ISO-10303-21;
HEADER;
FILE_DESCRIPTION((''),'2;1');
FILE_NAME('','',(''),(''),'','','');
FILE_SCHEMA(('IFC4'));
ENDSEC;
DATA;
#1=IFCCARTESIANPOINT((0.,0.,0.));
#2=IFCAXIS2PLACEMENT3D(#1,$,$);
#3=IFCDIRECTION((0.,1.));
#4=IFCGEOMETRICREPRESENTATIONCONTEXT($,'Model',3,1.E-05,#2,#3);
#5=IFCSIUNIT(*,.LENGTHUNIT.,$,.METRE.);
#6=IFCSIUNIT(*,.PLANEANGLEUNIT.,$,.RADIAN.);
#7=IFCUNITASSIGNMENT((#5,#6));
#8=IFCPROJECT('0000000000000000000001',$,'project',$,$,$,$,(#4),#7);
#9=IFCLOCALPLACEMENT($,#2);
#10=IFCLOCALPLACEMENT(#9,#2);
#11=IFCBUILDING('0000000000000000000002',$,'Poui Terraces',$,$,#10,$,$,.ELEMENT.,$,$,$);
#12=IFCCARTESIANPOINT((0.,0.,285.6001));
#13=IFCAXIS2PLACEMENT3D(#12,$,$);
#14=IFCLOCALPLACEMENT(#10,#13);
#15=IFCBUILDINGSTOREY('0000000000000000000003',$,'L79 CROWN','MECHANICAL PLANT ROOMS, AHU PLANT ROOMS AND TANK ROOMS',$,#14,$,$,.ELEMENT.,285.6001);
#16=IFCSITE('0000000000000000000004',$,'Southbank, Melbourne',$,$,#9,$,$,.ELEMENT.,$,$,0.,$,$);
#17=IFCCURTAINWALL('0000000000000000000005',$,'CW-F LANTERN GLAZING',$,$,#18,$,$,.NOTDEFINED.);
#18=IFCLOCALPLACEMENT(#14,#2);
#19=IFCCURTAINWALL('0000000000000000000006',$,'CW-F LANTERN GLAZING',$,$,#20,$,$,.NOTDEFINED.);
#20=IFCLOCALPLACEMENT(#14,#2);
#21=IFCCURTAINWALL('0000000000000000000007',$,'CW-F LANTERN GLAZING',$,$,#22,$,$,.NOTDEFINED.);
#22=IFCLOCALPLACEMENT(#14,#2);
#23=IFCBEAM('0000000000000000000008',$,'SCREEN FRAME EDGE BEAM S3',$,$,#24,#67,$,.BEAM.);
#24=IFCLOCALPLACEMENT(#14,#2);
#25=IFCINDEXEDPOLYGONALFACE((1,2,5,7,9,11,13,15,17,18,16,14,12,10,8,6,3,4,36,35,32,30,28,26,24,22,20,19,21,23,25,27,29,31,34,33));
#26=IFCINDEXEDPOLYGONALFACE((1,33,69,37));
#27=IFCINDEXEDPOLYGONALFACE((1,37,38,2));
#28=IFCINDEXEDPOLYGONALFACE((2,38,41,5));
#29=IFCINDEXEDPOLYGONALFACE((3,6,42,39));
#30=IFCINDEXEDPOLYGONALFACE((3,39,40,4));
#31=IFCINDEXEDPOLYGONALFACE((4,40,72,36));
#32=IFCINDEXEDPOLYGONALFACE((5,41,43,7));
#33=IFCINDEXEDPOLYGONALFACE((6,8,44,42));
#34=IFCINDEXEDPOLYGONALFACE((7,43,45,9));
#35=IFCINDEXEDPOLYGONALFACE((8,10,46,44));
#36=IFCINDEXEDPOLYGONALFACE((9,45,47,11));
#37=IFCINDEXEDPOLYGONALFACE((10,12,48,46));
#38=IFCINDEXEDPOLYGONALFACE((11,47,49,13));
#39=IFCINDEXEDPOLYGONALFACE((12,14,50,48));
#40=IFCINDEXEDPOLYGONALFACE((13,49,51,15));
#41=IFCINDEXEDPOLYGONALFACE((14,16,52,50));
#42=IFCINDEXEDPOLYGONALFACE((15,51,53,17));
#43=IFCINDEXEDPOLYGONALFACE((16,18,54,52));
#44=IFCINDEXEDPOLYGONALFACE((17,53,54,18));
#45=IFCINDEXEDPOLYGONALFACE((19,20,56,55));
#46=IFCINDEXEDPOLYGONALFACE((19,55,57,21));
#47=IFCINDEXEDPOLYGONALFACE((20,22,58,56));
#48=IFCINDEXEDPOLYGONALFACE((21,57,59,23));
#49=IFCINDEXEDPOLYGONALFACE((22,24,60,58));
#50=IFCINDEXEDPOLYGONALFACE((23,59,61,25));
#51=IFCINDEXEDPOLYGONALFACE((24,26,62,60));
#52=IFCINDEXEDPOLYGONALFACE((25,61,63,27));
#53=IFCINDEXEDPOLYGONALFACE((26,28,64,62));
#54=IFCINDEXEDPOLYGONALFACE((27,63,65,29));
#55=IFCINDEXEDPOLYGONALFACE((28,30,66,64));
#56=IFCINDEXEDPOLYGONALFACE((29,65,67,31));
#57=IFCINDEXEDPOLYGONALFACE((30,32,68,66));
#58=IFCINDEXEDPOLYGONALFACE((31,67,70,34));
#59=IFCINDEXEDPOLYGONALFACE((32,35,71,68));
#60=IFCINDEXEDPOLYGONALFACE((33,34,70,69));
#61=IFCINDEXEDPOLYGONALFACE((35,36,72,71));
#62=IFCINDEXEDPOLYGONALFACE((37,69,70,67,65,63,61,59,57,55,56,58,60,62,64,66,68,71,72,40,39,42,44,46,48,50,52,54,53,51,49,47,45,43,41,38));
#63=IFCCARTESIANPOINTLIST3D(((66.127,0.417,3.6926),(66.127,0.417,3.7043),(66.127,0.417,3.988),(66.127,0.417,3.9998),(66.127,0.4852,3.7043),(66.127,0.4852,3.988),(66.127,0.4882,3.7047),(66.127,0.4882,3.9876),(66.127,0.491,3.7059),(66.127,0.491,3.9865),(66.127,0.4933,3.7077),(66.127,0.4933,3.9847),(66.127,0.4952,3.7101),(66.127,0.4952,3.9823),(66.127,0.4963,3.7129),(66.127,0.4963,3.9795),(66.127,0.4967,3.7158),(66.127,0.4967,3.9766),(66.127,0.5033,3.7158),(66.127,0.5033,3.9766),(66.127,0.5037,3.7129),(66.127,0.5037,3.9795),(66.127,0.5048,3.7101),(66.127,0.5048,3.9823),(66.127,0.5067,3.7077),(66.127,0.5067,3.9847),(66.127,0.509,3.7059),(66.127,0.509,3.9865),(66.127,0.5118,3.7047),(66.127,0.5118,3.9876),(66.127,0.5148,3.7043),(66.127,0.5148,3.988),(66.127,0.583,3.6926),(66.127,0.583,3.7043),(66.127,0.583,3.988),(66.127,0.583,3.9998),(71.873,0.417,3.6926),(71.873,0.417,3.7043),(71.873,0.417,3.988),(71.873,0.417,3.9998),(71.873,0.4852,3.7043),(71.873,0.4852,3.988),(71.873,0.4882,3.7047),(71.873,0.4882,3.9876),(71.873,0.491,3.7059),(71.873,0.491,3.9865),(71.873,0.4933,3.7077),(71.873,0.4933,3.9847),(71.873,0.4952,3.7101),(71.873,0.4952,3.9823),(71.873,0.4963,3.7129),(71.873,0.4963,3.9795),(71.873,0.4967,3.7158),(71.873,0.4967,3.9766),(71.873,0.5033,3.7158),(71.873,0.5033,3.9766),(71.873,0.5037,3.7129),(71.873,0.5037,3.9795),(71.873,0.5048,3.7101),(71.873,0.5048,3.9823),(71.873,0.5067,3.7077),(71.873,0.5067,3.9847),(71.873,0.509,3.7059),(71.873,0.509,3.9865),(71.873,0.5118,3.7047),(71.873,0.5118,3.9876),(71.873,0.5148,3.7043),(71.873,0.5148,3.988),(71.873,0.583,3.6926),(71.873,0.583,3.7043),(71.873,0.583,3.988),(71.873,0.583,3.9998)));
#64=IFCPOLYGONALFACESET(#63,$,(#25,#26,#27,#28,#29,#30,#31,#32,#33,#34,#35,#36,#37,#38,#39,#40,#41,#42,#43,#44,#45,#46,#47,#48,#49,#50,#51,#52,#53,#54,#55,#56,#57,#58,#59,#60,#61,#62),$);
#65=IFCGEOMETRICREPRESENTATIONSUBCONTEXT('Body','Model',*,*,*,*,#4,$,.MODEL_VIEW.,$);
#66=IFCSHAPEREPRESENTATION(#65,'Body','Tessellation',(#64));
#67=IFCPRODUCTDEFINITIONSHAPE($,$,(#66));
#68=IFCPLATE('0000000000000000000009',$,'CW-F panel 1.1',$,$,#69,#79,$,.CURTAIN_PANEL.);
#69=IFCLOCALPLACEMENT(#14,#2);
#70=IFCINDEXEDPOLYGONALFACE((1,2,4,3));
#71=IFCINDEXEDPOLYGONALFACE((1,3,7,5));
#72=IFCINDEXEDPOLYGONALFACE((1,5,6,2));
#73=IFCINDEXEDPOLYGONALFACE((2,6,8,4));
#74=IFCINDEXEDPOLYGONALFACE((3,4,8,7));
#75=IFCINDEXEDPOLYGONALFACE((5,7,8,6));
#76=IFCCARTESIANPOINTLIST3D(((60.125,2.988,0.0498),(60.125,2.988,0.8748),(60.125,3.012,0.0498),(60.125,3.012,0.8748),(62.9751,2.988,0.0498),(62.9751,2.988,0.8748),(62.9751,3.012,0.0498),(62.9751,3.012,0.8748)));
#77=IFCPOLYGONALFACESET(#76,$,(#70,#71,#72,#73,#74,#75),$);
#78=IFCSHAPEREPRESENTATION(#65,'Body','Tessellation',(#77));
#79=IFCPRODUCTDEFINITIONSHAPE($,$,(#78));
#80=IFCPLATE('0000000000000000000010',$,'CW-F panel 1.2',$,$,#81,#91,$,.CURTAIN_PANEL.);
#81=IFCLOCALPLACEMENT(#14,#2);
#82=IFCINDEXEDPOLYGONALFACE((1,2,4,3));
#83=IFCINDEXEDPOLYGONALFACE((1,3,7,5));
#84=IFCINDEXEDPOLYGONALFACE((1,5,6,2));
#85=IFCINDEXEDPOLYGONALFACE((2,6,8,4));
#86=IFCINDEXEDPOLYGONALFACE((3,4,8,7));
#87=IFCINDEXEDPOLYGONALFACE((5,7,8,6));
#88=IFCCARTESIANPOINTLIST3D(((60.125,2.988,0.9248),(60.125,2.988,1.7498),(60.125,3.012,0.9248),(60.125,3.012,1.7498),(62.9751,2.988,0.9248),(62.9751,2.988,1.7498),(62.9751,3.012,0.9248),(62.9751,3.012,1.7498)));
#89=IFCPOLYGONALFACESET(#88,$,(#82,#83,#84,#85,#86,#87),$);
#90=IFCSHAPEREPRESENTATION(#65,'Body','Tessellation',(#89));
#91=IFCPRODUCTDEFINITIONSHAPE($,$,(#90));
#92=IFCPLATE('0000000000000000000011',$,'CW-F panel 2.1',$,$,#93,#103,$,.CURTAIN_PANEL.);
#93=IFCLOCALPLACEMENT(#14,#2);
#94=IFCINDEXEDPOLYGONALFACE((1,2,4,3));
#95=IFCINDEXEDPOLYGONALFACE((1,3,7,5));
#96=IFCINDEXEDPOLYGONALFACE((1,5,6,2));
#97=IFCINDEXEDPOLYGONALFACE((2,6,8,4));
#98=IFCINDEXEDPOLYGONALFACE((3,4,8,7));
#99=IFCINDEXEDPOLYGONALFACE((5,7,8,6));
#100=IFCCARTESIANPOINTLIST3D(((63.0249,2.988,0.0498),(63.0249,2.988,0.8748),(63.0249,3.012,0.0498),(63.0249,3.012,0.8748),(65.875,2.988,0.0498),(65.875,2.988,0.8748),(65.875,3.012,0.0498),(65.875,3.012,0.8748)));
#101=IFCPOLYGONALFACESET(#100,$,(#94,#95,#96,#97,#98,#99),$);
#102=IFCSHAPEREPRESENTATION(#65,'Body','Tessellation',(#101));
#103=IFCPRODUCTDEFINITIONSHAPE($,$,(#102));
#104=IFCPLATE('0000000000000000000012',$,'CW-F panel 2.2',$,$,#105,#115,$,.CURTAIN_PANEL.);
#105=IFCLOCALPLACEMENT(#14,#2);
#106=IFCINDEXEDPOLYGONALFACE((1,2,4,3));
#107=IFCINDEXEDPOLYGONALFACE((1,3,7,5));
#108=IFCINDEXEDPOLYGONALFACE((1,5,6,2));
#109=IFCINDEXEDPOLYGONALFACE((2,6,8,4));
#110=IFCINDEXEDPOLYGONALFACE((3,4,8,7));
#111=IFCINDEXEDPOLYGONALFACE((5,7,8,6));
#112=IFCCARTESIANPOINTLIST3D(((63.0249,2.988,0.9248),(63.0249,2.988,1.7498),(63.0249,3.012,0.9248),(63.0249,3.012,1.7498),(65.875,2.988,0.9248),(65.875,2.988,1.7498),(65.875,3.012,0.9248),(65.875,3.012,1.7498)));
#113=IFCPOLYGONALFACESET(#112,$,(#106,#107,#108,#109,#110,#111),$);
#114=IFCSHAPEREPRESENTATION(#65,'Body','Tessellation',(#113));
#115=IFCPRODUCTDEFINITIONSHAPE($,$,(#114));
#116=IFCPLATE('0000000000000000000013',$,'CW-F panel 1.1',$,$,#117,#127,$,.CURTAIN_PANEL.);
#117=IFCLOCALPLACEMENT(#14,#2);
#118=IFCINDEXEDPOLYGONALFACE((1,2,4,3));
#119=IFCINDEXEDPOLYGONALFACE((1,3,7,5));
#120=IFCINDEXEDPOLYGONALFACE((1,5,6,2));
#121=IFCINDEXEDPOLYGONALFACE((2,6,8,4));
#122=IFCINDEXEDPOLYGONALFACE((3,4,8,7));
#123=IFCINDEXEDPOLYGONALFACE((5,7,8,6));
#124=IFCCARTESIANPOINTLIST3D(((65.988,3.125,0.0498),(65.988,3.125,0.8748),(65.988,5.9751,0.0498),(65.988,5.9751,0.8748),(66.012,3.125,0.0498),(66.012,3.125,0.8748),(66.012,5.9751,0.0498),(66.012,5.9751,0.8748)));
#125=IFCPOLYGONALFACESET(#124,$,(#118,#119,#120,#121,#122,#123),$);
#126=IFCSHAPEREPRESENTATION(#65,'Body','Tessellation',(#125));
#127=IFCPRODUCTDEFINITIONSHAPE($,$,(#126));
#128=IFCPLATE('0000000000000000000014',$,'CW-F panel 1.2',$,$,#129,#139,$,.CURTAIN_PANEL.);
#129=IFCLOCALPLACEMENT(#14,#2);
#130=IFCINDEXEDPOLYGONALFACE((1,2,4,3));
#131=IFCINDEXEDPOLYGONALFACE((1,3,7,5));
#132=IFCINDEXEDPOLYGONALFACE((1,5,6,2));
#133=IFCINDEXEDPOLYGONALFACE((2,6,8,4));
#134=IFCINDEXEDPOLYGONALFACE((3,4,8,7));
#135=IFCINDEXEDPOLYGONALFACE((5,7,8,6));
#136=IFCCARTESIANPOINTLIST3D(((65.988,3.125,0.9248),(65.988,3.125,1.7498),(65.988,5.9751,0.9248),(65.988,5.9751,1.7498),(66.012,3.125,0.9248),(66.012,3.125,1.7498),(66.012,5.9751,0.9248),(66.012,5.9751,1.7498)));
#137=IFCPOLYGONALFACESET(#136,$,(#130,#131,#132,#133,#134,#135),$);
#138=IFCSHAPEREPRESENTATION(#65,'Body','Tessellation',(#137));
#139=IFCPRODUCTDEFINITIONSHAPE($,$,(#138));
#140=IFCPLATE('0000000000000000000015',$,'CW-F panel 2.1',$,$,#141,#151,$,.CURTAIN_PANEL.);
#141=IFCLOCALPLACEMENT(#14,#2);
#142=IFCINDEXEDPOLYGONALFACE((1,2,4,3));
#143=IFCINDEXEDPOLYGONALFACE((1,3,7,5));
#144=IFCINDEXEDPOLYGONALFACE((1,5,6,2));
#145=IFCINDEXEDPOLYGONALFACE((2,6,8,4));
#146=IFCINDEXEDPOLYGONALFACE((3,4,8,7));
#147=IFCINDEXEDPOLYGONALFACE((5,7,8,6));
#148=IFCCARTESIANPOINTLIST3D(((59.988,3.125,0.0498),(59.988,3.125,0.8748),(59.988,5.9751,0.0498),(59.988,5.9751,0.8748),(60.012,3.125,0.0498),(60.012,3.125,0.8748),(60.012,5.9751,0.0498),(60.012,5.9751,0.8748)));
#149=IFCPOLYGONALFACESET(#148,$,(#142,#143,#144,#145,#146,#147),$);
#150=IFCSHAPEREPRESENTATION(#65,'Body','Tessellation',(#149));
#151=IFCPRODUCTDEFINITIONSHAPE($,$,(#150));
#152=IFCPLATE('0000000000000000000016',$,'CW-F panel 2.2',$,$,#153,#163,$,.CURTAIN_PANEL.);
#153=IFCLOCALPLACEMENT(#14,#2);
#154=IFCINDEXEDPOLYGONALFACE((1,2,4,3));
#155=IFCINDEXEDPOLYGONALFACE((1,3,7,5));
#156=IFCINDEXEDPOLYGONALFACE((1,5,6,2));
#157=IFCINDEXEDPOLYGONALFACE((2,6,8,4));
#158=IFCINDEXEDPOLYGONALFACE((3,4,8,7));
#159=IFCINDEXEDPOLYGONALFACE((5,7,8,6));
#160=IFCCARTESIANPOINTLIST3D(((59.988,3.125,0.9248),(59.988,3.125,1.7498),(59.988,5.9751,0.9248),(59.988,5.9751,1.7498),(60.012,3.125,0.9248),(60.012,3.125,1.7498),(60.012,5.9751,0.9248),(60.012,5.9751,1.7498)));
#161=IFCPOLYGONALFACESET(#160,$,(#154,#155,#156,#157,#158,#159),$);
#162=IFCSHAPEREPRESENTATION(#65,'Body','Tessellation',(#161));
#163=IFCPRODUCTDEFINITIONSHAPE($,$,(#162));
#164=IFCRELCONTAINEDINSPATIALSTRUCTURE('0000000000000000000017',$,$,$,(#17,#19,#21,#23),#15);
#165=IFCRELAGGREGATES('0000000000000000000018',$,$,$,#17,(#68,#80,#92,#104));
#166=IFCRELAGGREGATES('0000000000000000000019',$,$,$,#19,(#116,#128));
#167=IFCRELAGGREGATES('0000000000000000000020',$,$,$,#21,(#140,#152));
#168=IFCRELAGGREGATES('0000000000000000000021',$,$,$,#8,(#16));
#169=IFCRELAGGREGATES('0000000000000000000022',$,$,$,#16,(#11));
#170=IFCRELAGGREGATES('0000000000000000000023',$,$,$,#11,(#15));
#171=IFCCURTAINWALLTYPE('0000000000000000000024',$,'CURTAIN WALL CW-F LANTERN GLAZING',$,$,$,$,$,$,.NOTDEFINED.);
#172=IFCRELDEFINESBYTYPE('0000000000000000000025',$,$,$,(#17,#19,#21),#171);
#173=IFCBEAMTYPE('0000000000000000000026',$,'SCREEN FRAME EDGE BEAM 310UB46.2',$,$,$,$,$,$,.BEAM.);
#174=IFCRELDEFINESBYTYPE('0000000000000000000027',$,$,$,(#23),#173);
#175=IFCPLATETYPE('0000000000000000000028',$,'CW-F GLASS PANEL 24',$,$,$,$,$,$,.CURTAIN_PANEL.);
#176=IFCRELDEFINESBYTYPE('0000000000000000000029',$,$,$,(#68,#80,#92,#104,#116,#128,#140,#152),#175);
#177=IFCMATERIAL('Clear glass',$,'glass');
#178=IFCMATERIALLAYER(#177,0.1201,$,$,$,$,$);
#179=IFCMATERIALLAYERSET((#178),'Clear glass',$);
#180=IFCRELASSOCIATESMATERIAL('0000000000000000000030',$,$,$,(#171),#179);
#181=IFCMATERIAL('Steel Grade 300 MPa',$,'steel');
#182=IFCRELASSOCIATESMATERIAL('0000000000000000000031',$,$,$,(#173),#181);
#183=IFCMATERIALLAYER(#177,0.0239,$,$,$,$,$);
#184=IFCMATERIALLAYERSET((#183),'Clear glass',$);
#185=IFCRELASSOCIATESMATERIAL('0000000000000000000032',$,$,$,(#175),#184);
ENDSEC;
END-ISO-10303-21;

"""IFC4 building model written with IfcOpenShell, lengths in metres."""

from ifc_helpers import new_model, si_unit, direction, frame, origin, origin_2d, place, context, subcontext, project, spatial, rectangle, i_section, extrude, source, transform, mapped, material, layer, layer_set, material_profile, profile_set, type_object, element, aggregate, save


model = new_model("IFC4")

# Units and contexts
model_context = context("Model", 3, precision=1e-05, world=origin(), true_north=direction((0.0, 1.0)))
body_context = subcontext(model_context, "Body", "Model", "MODEL_VIEW")
ifc_project = project(units=[si_unit("LENGTHUNIT", "METRE"), si_unit("PLANEANGLEUNIT", "RADIAN")], contexts=[model_context])

# Site, building, storey
site_placement = place(None, origin())
site = spatial("IfcSite", under=ifc_project, at=site_placement, Name="Southbank, Melbourne", CompositionType="ELEMENT", RefElevation=0.0)
building_placement = place(site_placement, origin())
building = spatial("IfcBuilding", under=site, at=building_placement, Name="Poui Terraces", CompositionType="ELEMENT")
storey_placement = place(building_placement, frame((0.0, 0.0, 285.6001)))
storey = spatial("IfcBuildingStorey", under=building, at=storey_placement, Name="L79 CROWN", Description="MECHANICAL PLANT ROOMS, AHU PLANT ROOMS AND TANK ROOMS", CompositionType="ELEMENT", Elevation=285.6001)

# Shared definitions
ifc_material_1 = material(Name="Steel Grade 300 MPa", Category="steel")

# Curtain wall
ifc_material_2 = material(Name="Clear glass", Category="glass")
ifc_layer_1 = layer(ifc_material_2, 0.1201)
ifc_layer_set_1 = layer_set([ifc_layer_1], Name="Clear glass")
curtain_wall_type = type_object("IfcCurtainWallType", Name="CURTAIN WALL CW-F LANTERN GLAZING", PredefinedType="NOTDEFINED", material=ifc_layer_set_1)
curtain_wall_1_placement = place(storey_placement, origin())
curtain_wall_1 = element("IfcCurtainWall", 1, at=curtain_wall_1_placement, inside=storey, type_object=curtain_wall_type, Name="CW-F LANTERN GLAZING", PredefinedType="NOTDEFINED")

# Curtain wall
curtain_wall_2_placement = place(storey_placement, origin())
curtain_wall_2 = element("IfcCurtainWall", 2, at=curtain_wall_2_placement, inside=storey, type_object=curtain_wall_type, Name="CW-F LANTERN GLAZING", PredefinedType="NOTDEFINED")

# Curtain wall
curtain_wall_3_placement = place(storey_placement, origin())
curtain_wall_3 = element("IfcCurtainWall", 3, at=curtain_wall_3_placement, inside=storey, type_object=curtain_wall_type, Name="CW-F LANTERN GLAZING", PredefinedType="NOTDEFINED")

# Beam
ifc_material_profile_1 = material_profile(ifc_material_1, i_section(OverallWidth=0.166, OverallDepth=0.3071, WebThickness=0.0066, FlangeThickness=0.0117, FilletRadius=0.0115, at=origin_2d()), Name="310UB46.2")
ifc_profile_set_1 = profile_set([ifc_material_profile_1], Name="Steel Grade 300 MPa")
beam_type = type_object("IfcBeamType", Name="SCREEN FRAME EDGE BEAM 310UB46.2", PredefinedType="BEAM", material=ifc_profile_set_1)
shared_shape_1 = source(origin(), body_context, "Body", "SweptSolid", [
    extrude(i_section(OverallWidth=0.166, OverallDepth=0.3071, WebThickness=0.0066, FlangeThickness=0.0117, FilletRadius=0.0115, at=origin_2d()), origin(), (0.0, 0.0, 1.0), 5.7461),
])
for number, where, z_axis, x_axis, name in (
    (4, (66.127, 0.5, 3.8462), (1.0, 0.0, 0.0), (0.0, 1.0, 0.0), "SCREEN FRAME EDGE BEAM S3"),
):
    element("IfcBeam", number, at=place(storey_placement, frame(where, z_axis=z_axis, x_axis=x_axis)), inside=storey, type_object=beam_type, Name=name, PredefinedType="BEAM", context=body_context, shape_type="MappedRepresentation", body=[
        mapped(shared_shape_1, transform((0.0, 0.0, 0.0))),
    ])

# Plates
ifc_layer_2 = layer(ifc_material_2, 0.0239)
ifc_layer_set_2 = layer_set([ifc_layer_2], Name="Clear glass")
plate_type = type_object("IfcPlateType", Name="CW-F GLASS PANEL 24", PredefinedType="CURTAIN_PANEL", material=ifc_layer_set_2)
plate_1_placement = place(storey_placement, frame((61.55, 3.0, 0.0498), z_axis=(0.0, 0.0, 1.0), x_axis=(1.0, 0.0, 0.0)))
plate_1 = element("IfcPlate", 5, at=plate_1_placement, type_object=plate_type, Name="CW-F panel 1.1", PredefinedType="CURTAIN_PANEL", context=body_context, shape_type="SweptSolid", body=[
    extrude(rectangle(XDim=2.8501, YDim=0.0239, at=origin_2d()), origin(), (0.0, 0.0, 1.0), 0.825),
])
plate_2_placement = place(storey_placement, frame((61.55, 3.0, 0.9248), z_axis=(0.0, 0.0, 1.0), x_axis=(1.0, 0.0, 0.0)))
plate_2 = element("IfcPlate", 6, at=plate_2_placement, type_object=plate_type, Name="CW-F panel 1.2", PredefinedType="CURTAIN_PANEL", context=body_context, shape_type="SweptSolid", body=[
    extrude(rectangle(XDim=2.8501, YDim=0.0239, at=origin_2d()), origin(), (0.0, 0.0, 1.0), 0.825),
])
plate_3_placement = place(storey_placement, frame((64.45, 3.0, 0.0498), z_axis=(0.0, 0.0, 1.0), x_axis=(1.0, 0.0, 0.0)))
plate_3 = element("IfcPlate", 7, at=plate_3_placement, type_object=plate_type, Name="CW-F panel 2.1", PredefinedType="CURTAIN_PANEL", context=body_context, shape_type="SweptSolid", body=[
    extrude(rectangle(XDim=2.8501, YDim=0.0239, at=origin_2d()), origin(), (0.0, 0.0, 1.0), 0.825),
])
plate_4_placement = place(storey_placement, frame((64.45, 3.0, 0.9248), z_axis=(0.0, 0.0, 1.0), x_axis=(1.0, 0.0, 0.0)))
plate_4 = element("IfcPlate", 8, at=plate_4_placement, type_object=plate_type, Name="CW-F panel 2.2", PredefinedType="CURTAIN_PANEL", context=body_context, shape_type="SweptSolid", body=[
    extrude(rectangle(XDim=2.8501, YDim=0.0239, at=origin_2d()), origin(), (0.0, 0.0, 1.0), 0.825),
])
aggregate(curtain_wall_1, [plate_1, plate_2, plate_3, plate_4])
plate_5_placement = place(storey_placement, frame((66.0, 4.55, 0.0498), z_axis=(0.0, 0.0, 1.0), x_axis=(0.0, 1.0, 0.0)))
plate_5 = element("IfcPlate", 9, at=plate_5_placement, type_object=plate_type, Name="CW-F panel 1.1", PredefinedType="CURTAIN_PANEL", context=body_context, shape_type="SweptSolid", body=[
    extrude(rectangle(XDim=2.8501, YDim=0.0239, at=origin_2d()), origin(), (0.0, 0.0, 1.0), 0.825),
])
plate_6_placement = place(storey_placement, frame((66.0, 4.55, 0.9248), z_axis=(0.0, 0.0, 1.0), x_axis=(0.0, 1.0, 0.0)))
plate_6 = element("IfcPlate", 10, at=plate_6_placement, type_object=plate_type, Name="CW-F panel 1.2", PredefinedType="CURTAIN_PANEL", context=body_context, shape_type="SweptSolid", body=[
    extrude(rectangle(XDim=2.8501, YDim=0.0239, at=origin_2d()), origin(), (0.0, 0.0, 1.0), 0.825),
])
aggregate(curtain_wall_2, [plate_5, plate_6])
plate_7_placement = place(storey_placement, frame((60.0, 4.55, 0.0498), z_axis=(0.0, 0.0, 1.0), x_axis=(0.0, -1.0, 0.0)))
plate_7 = element("IfcPlate", 11, at=plate_7_placement, type_object=plate_type, Name="CW-F panel 2.1", PredefinedType="CURTAIN_PANEL", context=body_context, shape_type="SweptSolid", body=[
    extrude(rectangle(XDim=2.8501, YDim=0.0239, at=origin_2d()), origin(), (0.0, 0.0, 1.0), 0.825),
])
plate_8_placement = place(storey_placement, frame((60.0, 4.55, 0.9248), z_axis=(0.0, 0.0, 1.0), x_axis=(0.0, -1.0, 0.0)))
plate_8 = element("IfcPlate", 12, at=plate_8_placement, type_object=plate_type, Name="CW-F panel 2.2", PredefinedType="CURTAIN_PANEL", context=body_context, shape_type="SweptSolid", body=[
    extrude(rectangle(XDim=2.8501, YDim=0.0239, at=origin_2d()), origin(), (0.0, 0.0, 1.0), 0.825),
])
aggregate(curtain_wall_3, [plate_7, plate_8])

save(model, "model.ifc")
